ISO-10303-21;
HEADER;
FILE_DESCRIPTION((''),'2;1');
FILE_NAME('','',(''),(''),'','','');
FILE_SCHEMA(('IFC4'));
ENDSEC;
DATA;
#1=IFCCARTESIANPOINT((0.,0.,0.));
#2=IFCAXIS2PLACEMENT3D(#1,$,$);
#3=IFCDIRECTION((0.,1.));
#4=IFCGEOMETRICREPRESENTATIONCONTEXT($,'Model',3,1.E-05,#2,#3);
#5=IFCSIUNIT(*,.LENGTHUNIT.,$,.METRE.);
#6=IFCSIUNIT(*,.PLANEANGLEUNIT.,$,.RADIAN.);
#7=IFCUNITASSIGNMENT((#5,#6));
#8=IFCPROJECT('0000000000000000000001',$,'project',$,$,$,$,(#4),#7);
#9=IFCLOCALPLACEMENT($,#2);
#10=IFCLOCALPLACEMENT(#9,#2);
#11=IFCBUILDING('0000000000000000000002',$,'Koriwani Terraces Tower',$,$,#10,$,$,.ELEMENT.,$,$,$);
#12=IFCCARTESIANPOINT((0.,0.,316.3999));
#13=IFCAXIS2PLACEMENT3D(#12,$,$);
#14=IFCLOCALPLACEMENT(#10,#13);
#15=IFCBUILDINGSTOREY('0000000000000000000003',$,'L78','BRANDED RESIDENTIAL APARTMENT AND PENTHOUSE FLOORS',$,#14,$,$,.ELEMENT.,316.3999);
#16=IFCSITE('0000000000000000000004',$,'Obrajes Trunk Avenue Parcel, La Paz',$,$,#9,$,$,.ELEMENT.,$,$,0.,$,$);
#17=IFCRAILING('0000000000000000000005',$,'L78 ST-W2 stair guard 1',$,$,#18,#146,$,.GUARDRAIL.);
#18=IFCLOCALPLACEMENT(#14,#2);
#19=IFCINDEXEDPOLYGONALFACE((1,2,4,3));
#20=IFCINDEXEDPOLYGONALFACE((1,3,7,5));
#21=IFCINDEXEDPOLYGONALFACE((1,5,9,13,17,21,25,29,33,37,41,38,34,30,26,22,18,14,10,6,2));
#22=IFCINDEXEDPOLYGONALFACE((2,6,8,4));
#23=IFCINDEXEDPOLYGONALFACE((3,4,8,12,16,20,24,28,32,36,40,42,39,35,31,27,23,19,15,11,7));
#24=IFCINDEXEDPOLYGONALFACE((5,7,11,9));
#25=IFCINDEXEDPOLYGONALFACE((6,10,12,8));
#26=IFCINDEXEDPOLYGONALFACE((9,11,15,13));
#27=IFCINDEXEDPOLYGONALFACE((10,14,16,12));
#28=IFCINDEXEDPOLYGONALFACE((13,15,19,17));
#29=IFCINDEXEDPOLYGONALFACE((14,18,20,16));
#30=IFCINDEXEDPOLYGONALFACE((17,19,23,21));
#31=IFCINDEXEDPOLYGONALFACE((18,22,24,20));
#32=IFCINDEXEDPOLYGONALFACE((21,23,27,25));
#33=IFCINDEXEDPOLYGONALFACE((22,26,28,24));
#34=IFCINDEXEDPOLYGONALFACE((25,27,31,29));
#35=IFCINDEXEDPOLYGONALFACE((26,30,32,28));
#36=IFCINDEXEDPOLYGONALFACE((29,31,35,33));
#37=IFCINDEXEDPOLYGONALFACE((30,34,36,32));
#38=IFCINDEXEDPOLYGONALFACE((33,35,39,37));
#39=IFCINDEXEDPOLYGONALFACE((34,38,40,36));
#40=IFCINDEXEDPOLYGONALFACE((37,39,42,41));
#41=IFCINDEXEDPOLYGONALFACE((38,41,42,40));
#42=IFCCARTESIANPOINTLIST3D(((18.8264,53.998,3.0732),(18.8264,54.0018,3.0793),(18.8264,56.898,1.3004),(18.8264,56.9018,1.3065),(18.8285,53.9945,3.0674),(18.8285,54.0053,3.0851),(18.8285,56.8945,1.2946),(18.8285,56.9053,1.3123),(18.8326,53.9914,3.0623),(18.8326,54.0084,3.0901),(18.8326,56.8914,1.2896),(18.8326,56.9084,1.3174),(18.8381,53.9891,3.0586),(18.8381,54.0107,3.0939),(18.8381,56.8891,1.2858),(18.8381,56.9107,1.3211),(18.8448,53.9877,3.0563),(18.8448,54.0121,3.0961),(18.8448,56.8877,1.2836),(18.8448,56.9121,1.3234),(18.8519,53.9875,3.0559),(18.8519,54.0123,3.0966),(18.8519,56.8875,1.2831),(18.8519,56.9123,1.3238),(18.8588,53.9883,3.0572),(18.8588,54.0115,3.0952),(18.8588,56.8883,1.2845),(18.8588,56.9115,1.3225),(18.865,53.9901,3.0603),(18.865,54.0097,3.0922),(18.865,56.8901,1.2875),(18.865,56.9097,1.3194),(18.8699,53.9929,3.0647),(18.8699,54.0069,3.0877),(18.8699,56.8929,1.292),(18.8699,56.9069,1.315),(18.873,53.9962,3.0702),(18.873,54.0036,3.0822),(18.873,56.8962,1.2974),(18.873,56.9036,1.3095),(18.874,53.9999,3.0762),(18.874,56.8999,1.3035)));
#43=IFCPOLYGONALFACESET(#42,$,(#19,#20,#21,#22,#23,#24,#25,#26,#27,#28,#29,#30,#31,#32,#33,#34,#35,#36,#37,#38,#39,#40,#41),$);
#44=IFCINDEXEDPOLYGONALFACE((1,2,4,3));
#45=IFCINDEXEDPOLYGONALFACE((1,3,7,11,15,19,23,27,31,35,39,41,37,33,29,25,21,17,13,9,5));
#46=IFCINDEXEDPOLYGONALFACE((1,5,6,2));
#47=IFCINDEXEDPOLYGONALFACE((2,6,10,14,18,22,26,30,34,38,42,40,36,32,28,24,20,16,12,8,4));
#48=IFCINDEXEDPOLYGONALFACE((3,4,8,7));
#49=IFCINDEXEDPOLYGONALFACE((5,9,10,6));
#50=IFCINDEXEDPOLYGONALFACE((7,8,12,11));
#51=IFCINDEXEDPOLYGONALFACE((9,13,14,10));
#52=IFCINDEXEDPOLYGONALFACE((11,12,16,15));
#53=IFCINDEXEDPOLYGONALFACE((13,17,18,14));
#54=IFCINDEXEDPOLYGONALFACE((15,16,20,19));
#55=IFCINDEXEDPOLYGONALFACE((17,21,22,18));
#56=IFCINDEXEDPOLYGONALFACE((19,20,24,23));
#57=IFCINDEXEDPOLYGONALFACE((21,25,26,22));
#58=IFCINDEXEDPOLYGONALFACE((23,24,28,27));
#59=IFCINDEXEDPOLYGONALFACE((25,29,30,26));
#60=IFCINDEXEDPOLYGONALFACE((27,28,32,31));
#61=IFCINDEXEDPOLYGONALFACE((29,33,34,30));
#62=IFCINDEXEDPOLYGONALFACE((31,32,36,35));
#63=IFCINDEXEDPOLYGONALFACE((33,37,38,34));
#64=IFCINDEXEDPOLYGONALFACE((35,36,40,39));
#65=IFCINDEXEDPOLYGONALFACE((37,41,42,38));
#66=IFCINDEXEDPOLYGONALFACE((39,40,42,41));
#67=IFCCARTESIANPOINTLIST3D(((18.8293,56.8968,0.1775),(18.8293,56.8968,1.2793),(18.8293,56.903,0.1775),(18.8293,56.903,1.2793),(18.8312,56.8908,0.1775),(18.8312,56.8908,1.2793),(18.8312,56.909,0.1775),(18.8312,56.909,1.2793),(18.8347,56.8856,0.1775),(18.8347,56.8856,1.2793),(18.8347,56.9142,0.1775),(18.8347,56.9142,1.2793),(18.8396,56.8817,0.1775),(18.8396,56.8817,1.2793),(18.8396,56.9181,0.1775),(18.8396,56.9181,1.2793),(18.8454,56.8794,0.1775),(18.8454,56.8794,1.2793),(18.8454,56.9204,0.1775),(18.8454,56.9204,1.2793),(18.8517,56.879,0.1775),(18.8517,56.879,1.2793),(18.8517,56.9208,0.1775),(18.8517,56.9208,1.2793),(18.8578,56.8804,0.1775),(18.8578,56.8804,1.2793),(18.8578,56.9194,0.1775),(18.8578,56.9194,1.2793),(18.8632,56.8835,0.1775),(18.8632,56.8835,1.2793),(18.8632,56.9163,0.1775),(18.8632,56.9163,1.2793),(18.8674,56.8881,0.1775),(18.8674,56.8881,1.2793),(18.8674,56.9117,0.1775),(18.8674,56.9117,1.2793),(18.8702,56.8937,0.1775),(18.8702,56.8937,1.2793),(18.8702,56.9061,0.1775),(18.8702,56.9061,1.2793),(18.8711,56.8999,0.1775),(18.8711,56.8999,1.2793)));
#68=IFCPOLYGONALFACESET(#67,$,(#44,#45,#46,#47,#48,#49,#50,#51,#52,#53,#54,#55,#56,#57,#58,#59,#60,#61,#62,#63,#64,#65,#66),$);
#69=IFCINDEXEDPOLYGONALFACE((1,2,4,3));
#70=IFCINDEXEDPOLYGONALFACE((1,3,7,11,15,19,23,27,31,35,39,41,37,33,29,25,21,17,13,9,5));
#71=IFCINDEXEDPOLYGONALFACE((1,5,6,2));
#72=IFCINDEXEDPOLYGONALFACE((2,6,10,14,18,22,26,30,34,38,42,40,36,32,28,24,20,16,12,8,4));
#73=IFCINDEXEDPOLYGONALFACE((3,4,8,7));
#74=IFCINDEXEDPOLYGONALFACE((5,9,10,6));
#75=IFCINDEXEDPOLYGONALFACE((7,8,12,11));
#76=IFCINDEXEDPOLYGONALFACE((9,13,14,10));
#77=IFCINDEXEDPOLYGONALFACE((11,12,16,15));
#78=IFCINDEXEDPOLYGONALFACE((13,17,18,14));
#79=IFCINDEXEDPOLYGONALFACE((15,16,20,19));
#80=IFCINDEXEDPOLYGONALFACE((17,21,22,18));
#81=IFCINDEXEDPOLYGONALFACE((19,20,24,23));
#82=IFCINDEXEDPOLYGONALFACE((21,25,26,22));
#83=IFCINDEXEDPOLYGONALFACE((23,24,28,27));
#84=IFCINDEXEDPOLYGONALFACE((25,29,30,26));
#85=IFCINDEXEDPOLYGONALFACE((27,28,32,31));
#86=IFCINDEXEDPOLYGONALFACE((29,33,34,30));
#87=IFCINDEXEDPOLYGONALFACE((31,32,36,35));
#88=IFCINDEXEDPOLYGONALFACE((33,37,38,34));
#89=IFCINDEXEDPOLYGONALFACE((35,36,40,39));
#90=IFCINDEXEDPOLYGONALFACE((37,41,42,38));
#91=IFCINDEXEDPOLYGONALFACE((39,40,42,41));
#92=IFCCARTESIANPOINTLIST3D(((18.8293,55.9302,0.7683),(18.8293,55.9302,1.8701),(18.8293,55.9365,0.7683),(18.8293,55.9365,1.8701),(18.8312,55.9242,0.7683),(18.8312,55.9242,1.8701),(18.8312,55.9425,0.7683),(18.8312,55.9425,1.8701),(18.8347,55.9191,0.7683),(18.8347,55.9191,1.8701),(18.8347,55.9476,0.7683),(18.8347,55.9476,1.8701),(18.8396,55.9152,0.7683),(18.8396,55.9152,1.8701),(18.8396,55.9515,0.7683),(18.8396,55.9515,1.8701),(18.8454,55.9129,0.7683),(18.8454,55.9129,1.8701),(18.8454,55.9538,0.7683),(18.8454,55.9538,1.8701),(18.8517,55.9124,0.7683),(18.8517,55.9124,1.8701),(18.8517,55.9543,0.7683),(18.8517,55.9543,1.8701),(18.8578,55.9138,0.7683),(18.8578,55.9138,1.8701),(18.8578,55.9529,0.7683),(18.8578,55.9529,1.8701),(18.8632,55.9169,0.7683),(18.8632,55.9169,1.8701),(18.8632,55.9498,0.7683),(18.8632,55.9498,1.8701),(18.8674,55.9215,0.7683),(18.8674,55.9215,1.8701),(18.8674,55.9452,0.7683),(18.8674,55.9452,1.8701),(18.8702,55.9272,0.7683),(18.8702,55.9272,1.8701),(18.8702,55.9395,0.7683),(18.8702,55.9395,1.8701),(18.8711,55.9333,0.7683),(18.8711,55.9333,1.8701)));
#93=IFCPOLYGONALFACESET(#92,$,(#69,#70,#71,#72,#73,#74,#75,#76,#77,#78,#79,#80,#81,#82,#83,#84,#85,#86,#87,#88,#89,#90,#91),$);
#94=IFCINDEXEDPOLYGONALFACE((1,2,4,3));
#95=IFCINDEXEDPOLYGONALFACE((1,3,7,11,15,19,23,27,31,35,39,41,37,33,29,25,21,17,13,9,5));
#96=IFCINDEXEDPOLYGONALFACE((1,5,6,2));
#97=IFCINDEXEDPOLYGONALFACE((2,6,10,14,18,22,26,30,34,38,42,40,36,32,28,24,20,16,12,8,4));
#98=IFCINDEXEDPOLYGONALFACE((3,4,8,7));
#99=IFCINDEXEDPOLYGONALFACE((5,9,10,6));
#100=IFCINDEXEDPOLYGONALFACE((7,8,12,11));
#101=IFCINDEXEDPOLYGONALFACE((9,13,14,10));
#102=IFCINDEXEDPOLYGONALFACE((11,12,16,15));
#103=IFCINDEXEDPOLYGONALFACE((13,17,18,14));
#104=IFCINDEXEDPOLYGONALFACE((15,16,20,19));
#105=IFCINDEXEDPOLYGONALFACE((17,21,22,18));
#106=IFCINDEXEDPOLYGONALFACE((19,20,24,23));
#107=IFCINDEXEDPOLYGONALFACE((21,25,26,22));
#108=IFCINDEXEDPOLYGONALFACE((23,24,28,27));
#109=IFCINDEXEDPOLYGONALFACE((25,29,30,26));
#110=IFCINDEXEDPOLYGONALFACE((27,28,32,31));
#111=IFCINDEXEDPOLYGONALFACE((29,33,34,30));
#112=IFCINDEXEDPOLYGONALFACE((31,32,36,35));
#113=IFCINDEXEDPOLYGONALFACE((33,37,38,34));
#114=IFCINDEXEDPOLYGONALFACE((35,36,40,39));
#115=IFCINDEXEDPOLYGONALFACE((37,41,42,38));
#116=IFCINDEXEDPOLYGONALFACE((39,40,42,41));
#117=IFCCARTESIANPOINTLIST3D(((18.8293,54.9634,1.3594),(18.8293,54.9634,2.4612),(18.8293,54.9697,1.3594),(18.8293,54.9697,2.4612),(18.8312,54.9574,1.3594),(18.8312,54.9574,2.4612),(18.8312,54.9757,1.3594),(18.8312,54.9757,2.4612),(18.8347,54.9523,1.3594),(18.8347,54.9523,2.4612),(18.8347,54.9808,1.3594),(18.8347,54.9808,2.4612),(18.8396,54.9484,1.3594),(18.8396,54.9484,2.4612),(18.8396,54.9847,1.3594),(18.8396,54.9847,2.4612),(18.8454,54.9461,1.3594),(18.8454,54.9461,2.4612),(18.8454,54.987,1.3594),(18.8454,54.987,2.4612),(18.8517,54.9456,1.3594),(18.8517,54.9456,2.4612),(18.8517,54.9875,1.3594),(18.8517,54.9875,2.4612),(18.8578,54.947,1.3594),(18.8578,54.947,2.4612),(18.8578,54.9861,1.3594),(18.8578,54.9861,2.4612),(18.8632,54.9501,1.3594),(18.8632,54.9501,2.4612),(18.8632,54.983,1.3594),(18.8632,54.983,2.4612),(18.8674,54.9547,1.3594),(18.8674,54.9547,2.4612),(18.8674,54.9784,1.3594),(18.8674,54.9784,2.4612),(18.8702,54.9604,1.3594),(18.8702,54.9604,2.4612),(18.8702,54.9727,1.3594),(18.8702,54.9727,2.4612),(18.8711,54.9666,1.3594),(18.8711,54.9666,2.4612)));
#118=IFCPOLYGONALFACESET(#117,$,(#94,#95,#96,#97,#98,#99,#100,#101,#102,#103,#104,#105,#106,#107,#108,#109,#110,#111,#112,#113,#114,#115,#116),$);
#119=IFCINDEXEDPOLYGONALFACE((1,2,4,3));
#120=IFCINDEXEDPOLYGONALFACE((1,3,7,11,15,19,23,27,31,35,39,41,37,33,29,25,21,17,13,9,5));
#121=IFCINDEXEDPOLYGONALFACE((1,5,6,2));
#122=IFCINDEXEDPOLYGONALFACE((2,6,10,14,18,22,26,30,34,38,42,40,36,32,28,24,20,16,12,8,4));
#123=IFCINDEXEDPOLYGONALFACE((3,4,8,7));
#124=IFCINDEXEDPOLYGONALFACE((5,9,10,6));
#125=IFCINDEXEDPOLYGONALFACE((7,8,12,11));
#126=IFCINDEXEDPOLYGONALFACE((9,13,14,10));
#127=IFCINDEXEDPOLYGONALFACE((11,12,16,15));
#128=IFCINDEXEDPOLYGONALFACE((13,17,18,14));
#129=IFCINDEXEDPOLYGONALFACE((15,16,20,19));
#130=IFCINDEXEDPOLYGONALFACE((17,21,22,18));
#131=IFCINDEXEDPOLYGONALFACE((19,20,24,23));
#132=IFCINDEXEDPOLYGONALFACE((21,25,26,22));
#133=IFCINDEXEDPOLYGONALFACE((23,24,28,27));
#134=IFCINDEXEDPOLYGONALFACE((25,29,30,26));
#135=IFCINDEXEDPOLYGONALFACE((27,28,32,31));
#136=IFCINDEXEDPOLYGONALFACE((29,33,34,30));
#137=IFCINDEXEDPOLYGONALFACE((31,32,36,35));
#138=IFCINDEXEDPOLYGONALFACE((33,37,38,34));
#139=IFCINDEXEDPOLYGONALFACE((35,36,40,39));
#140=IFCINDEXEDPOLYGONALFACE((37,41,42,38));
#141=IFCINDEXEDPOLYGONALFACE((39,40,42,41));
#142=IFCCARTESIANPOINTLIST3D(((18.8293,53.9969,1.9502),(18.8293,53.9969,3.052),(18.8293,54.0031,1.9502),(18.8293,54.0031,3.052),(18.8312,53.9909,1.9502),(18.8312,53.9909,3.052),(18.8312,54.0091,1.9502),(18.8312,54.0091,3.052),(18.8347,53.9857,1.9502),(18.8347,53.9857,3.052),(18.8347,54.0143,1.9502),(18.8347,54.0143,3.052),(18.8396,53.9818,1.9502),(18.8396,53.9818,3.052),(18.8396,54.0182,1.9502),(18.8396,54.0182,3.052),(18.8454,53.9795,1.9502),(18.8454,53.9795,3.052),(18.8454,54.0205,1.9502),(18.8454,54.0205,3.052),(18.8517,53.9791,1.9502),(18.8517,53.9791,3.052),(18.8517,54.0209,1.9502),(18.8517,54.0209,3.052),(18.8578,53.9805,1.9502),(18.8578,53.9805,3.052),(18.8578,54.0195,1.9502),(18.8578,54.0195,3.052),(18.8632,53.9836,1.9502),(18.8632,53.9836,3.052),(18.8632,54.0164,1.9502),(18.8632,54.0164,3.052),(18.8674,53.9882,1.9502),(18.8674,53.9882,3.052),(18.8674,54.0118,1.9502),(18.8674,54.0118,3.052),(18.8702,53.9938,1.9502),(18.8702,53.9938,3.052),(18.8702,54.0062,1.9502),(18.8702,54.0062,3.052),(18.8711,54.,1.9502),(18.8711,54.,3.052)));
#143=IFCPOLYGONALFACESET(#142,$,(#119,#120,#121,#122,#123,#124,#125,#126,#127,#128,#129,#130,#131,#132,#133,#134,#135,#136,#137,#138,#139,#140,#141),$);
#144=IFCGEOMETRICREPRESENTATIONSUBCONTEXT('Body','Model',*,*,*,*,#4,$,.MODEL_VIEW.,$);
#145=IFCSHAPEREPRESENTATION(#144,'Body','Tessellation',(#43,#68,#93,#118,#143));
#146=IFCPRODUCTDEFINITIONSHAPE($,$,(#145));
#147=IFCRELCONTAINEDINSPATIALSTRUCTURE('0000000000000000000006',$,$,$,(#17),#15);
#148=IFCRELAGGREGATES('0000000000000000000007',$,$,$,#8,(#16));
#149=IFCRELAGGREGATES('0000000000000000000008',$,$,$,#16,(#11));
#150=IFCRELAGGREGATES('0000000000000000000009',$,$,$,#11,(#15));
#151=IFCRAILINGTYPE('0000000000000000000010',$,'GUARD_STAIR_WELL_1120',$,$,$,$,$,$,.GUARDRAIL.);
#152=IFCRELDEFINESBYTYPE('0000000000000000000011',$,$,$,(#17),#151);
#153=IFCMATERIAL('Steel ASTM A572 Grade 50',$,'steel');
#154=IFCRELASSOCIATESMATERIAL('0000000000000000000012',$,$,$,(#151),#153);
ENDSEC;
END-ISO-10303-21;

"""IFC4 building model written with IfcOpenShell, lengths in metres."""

from ifc_helpers import new_model, si_unit, direction, frame, origin, origin_2d, place, context, subcontext, project, spatial, circle, extrude, material, type_object, element, save


model = new_model("IFC4")

# Units and contexts
model_context = context("Model", 3, precision=1e-05, world=origin(), true_north=direction((0.0, 1.0)))
body_context = subcontext(model_context, "Body", "Model", "MODEL_VIEW")
ifc_project = project(units=[si_unit("LENGTHUNIT", "METRE"), si_unit("PLANEANGLEUNIT", "RADIAN")], contexts=[model_context])

# Site, building, storey
site_placement = place(None, origin())
site = spatial("IfcSite", under=ifc_project, at=site_placement, Name="Obrajes Trunk Avenue Parcel, La Paz", CompositionType="ELEMENT", RefElevation=0.0)
building_placement = place(site_placement, origin())
building = spatial("IfcBuilding", under=site, at=building_placement, Name="Koriwani Terraces Tower", CompositionType="ELEMENT")
storey_placement = place(building_placement, frame((0.0, 0.0, 316.3999)))
storey = spatial("IfcBuildingStorey", under=building, at=storey_placement, Name="L78", Description="BRANDED RESIDENTIAL APARTMENT AND PENTHOUSE FLOORS", CompositionType="ELEMENT", Elevation=316.3999)

# Shared definitions
ifc_material_1 = material(Name="Steel ASTM A572 Grade 50", Category="steel")

# Railing
railing_type_1 = type_object("IfcRailingType", Name="GUARD_STAIR_WELL_1120", PredefinedType="GUARDRAIL", material=ifc_material_1)
for number, where, name in (
    (1, (18.8501, 56.8999, 0.1775), "L78 ST-W2 stair guard 1"),
):
    element("IfcRailing", number, at=place(storey_placement, frame(where)), inside=storey, type_object=railing_type_1, Name=name, PredefinedType="GUARDRAIL", context=body_context, shape_type="SweptSolid", body=[
        extrude(circle(Radius=0.0239, at=origin_2d()), frame((0.0, 0.0, 1.126), z_axis=(0.0, -0.853211, 0.521566), x_axis=(1.0, 0.0, 0.0)), (0.0, 0.0, 1.0), 3.3989),
        extrude(circle(Radius=0.021, at=origin_2d()), origin(), (0.0, 0.0, 1.0), 1.1018),
        extrude(circle(Radius=0.021, at=origin_2d()), frame((0.0, -0.9666, 0.5908)), (0.0, 0.0, 1.0), 1.1018),
        extrude(circle(Radius=0.021, at=origin_2d()), frame((0.0, -1.9333, 1.1819)), (0.0, 0.0, 1.0), 1.1018),
        extrude(circle(Radius=0.021, at=origin_2d()), frame((0.0, -2.8999, 1.7727)), (0.0, 0.0, 1.0), 1.1018),
    ])

save(model, "model.ifc")
